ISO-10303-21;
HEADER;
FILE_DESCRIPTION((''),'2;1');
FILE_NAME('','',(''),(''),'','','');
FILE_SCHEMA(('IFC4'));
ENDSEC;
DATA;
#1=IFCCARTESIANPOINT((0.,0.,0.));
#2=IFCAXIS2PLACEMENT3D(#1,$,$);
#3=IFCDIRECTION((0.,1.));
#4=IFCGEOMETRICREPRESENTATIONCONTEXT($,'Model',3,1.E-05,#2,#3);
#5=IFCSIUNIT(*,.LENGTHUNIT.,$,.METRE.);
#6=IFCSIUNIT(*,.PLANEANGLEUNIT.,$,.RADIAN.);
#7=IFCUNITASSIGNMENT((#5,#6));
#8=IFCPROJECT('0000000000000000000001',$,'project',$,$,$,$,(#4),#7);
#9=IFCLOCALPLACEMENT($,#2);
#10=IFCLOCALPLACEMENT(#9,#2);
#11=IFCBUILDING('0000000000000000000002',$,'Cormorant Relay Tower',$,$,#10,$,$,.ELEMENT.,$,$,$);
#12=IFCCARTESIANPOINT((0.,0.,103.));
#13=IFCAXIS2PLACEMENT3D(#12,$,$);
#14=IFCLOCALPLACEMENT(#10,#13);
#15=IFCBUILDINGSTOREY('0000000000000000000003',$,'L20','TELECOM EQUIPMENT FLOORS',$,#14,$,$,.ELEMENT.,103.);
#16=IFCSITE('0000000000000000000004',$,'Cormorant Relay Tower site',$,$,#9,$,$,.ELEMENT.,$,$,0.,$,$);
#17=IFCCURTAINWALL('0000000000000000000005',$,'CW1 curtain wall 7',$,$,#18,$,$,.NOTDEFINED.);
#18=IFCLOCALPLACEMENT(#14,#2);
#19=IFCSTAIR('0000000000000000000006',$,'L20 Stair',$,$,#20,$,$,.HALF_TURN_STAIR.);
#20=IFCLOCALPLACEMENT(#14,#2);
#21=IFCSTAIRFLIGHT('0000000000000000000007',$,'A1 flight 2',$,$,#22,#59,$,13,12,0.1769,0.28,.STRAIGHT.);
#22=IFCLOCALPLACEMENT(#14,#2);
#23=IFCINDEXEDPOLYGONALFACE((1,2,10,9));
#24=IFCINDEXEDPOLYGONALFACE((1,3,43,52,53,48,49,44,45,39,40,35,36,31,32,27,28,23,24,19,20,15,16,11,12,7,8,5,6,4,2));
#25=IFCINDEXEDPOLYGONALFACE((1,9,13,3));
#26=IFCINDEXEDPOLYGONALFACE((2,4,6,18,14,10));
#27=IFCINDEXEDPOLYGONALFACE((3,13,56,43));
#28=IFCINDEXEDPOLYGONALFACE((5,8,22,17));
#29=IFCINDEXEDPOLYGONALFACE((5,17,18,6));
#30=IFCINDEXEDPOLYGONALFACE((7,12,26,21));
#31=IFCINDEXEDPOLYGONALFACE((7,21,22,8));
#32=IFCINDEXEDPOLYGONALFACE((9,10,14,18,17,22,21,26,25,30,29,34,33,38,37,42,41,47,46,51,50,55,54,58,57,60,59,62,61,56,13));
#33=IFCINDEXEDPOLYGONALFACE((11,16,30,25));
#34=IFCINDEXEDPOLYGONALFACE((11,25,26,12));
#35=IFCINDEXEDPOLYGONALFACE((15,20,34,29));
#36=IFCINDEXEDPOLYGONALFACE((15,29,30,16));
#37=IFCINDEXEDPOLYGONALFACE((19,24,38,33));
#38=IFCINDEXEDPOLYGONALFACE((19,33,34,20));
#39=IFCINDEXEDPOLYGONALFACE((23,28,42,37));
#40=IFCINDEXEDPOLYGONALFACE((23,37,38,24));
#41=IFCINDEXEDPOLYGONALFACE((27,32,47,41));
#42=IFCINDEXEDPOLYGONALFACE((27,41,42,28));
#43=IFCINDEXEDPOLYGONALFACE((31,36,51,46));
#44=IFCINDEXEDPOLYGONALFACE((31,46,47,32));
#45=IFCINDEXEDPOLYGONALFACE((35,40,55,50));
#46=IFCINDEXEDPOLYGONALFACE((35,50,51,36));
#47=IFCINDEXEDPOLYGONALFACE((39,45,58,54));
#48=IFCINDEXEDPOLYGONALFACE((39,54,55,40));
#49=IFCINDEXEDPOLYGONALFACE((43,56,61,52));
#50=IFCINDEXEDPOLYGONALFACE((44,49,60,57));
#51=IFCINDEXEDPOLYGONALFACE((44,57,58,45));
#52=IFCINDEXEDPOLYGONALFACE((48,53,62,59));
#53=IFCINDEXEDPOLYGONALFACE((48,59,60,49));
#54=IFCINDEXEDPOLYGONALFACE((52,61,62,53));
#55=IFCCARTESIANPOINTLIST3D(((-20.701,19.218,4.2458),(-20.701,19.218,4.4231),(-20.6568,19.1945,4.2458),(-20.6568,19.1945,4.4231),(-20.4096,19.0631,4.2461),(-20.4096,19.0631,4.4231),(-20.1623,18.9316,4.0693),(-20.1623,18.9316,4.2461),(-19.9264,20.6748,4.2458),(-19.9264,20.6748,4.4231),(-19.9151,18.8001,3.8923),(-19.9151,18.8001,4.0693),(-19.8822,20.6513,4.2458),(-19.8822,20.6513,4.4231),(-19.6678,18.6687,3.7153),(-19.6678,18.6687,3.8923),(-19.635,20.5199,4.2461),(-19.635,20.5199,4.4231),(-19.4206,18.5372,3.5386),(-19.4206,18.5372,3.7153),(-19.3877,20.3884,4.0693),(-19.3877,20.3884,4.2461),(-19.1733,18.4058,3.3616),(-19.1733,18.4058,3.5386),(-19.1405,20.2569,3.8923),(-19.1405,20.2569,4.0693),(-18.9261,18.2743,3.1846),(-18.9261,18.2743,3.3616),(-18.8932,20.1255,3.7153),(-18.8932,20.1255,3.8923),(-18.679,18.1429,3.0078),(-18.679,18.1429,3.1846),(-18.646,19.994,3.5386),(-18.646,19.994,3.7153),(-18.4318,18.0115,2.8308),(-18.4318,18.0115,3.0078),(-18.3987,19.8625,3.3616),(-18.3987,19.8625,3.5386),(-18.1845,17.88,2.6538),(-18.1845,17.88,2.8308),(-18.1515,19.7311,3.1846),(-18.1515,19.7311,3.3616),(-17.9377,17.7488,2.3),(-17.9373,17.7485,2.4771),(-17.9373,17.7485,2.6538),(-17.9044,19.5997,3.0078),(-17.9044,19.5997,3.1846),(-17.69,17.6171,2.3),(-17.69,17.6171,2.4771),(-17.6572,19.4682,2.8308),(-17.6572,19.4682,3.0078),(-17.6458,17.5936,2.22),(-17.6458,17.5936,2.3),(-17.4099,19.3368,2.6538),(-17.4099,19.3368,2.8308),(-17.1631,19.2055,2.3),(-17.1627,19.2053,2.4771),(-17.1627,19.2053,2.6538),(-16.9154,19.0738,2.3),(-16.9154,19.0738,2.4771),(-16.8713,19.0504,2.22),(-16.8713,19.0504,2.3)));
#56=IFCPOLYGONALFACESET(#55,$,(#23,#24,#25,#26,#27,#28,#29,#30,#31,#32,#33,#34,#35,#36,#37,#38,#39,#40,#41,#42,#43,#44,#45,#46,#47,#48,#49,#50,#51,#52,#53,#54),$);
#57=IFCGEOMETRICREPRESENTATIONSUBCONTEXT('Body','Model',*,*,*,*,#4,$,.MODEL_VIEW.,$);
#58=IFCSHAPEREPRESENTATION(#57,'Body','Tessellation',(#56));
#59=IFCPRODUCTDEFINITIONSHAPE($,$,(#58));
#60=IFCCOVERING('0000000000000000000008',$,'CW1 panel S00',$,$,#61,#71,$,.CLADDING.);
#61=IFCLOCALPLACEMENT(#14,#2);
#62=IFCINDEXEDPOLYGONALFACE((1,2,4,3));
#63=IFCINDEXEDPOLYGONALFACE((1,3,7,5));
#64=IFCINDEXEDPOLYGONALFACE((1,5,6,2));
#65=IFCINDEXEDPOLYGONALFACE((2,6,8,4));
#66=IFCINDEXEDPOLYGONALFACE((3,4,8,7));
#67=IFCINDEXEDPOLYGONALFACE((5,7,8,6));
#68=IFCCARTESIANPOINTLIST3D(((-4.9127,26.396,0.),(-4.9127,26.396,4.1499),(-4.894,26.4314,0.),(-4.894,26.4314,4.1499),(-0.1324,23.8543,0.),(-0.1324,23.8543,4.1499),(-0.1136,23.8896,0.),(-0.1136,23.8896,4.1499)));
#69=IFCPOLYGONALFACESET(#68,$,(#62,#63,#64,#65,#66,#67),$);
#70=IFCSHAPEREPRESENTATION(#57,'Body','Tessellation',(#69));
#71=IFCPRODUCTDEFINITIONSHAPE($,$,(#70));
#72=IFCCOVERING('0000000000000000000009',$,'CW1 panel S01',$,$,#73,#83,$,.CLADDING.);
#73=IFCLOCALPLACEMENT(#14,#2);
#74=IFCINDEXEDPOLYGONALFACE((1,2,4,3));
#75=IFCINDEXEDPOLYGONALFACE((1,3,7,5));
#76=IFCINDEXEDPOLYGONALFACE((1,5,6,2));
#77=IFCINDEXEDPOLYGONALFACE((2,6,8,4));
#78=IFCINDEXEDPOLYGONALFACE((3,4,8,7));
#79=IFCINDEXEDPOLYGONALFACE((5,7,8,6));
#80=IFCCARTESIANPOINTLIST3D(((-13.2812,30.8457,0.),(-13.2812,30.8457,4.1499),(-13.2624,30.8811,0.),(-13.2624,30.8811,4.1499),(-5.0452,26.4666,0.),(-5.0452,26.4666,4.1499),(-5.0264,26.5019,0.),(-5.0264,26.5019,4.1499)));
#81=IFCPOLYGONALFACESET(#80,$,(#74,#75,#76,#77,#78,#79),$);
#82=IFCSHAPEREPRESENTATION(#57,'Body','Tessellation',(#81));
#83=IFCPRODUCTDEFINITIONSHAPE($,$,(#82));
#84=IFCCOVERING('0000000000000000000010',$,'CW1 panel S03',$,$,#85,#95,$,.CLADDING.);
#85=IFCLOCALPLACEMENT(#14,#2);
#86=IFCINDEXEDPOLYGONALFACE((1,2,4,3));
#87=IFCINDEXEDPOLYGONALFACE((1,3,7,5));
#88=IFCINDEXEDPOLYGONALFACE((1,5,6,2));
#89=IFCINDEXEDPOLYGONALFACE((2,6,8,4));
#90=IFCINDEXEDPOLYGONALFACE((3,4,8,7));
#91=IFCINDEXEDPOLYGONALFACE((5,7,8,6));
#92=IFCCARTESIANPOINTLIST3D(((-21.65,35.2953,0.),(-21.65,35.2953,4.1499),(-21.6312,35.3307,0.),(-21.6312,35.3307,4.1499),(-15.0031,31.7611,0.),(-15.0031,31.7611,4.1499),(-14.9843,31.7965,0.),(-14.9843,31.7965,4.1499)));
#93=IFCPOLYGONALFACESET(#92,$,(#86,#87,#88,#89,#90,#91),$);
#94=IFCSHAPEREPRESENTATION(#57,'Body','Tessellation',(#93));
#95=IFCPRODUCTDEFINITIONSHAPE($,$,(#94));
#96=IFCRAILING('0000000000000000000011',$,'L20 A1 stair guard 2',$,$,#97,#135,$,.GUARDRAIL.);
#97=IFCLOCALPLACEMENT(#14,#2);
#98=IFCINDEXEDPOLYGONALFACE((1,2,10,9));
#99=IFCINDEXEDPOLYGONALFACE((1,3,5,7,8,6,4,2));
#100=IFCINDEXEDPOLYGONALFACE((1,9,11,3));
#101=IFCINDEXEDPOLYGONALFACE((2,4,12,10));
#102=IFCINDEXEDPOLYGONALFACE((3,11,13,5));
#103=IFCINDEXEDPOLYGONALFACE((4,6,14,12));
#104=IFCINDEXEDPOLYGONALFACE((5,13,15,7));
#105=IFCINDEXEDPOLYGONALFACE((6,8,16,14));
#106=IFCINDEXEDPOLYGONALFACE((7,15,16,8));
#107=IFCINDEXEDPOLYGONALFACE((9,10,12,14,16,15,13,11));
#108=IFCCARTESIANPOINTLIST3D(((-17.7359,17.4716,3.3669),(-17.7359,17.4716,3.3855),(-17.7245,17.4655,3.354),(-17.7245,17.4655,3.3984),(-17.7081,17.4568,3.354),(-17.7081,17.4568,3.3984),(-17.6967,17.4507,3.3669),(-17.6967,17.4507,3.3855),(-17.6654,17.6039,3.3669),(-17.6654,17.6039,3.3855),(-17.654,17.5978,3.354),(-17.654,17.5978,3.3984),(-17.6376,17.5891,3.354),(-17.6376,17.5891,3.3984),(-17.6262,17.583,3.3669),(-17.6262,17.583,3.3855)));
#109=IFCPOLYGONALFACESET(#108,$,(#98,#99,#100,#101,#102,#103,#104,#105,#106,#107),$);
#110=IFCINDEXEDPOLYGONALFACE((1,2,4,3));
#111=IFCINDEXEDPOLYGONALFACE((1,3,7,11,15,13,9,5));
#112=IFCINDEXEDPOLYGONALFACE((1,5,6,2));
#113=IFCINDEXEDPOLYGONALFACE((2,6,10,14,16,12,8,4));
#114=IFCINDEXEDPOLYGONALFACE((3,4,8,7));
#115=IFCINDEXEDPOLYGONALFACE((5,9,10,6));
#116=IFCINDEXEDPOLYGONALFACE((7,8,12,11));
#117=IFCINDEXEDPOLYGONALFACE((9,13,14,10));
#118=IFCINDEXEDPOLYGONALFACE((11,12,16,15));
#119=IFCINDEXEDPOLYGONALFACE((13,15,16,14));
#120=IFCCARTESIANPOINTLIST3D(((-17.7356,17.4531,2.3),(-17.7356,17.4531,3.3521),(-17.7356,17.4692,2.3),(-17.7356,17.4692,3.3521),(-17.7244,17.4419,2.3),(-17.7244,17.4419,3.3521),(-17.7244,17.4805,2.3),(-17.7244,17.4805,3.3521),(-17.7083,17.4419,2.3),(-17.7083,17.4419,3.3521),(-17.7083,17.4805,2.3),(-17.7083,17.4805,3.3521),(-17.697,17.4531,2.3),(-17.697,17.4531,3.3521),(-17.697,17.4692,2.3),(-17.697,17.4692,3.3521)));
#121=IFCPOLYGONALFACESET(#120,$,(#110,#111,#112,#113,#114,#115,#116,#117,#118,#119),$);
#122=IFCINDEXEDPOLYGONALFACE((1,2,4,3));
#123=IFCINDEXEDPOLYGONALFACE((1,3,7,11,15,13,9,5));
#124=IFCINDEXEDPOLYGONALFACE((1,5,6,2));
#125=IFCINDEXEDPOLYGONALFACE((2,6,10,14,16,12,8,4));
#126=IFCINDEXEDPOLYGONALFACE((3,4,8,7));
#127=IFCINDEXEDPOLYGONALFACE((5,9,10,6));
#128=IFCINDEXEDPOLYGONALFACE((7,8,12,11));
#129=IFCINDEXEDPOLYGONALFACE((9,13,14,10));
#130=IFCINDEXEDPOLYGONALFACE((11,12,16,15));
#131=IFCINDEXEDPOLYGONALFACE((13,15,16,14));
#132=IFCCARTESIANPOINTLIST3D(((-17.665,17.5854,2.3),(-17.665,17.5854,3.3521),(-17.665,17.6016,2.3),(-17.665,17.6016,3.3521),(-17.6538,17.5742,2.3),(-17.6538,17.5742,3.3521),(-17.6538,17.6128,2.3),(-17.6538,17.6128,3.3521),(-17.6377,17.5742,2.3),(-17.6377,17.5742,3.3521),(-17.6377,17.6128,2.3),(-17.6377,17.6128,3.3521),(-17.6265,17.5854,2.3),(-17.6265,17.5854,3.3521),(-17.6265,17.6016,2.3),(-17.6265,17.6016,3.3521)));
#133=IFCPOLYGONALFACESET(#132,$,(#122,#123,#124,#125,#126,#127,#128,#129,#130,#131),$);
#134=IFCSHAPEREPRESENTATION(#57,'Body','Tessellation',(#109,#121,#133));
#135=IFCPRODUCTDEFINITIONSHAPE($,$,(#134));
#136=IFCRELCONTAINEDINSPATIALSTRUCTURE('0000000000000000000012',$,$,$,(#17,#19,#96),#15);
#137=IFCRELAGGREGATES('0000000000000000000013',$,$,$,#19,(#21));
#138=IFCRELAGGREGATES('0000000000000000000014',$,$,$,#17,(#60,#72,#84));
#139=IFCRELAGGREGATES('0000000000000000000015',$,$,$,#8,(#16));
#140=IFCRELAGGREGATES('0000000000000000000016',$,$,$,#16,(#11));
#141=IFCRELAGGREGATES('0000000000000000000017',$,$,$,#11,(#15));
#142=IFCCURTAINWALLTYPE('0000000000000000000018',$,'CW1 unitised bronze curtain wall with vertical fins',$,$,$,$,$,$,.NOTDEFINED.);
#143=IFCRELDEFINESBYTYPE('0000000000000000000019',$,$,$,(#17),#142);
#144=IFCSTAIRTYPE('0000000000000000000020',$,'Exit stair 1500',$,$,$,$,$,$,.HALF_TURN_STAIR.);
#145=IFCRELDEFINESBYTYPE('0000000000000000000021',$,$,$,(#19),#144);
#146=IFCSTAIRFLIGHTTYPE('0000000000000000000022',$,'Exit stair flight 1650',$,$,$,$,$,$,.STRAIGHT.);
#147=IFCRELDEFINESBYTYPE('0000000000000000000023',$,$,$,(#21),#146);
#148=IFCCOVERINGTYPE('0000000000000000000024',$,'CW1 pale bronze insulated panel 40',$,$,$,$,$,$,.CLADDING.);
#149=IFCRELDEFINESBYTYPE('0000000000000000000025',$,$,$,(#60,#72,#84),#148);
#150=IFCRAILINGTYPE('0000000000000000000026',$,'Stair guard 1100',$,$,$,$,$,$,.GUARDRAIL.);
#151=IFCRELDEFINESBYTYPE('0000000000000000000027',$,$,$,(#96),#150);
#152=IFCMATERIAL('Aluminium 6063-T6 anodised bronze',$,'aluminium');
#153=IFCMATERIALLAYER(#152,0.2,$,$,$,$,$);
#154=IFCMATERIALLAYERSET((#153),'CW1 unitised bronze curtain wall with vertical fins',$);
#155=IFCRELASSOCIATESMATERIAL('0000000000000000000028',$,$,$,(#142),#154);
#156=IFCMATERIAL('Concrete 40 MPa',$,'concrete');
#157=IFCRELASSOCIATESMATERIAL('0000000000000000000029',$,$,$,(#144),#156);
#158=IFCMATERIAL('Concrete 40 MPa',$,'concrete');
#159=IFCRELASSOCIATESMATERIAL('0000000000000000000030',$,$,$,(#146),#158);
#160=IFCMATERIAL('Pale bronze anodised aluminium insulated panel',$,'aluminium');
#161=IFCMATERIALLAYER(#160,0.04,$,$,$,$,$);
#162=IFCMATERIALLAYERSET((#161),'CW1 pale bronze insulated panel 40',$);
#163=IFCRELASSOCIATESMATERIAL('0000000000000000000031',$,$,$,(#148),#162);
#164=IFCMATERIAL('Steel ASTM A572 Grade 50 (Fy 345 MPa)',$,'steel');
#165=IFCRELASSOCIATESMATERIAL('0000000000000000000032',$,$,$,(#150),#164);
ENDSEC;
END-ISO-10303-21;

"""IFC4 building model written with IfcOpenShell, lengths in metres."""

from ifc_helpers import new_model, si_unit, direction, frame, origin, origin_2d, place, context, subcontext, project, spatial, polyline, rectangle, outline, extrude, material, layer, layer_set, type_object, element, aggregate, save


model = new_model("IFC4")

# Units and contexts
model_context = context("Model", 3, precision=1e-05, world=origin(), true_north=direction((0.0, 1.0)))
body_context = subcontext(model_context, "Body", "Model", "MODEL_VIEW")
ifc_project = project(units=[si_unit("LENGTHUNIT", "METRE"), si_unit("PLANEANGLEUNIT", "RADIAN")], contexts=[model_context])

# Site, building, storey
site_placement = place(None, origin())
site = spatial("IfcSite", under=ifc_project, at=site_placement, Name="Cormorant Relay Tower site", CompositionType="ELEMENT", RefElevation=0.0)
building_placement = place(site_placement, origin())
building = spatial("IfcBuilding", under=site, at=building_placement, Name="Cormorant Relay Tower", CompositionType="ELEMENT")
storey_placement = place(building_placement, frame((0.0, 0.0, 103.0)))
storey = spatial("IfcBuildingStorey", under=building, at=storey_placement, Name="L20", Description="TELECOM EQUIPMENT FLOORS", CompositionType="ELEMENT", Elevation=103.0)

# Curtain wall
ifc_material_1 = material(Name="Aluminium 6063-T6 anodised bronze", Category="aluminium")
ifc_layer_1 = layer(ifc_material_1, 0.2)
ifc_layer_set_1 = layer_set([ifc_layer_1], Name="CW1 unitised bronze curtain wall with vertical fins")
curtain_wall_type = type_object("IfcCurtainWallType", Name="CW1 unitised bronze curtain wall with vertical fins", PredefinedType="NOTDEFINED", material=ifc_layer_set_1)
curtain_wall_placement = place(storey_placement, origin())
curtain_wall = element("IfcCurtainWall", 1, at=curtain_wall_placement, inside=storey, type_object=curtain_wall_type, Name="CW1 curtain wall 7", PredefinedType="NOTDEFINED")

# Stair, stair flight
ifc_material_2 = material(Name="Concrete 40 MPa", Category="concrete")
stair_type = type_object("IfcStairType", Name="Exit stair 1500", PredefinedType="HALF_TURN_STAIR", material=ifc_material_2)
stair_placement = place(storey_placement, origin())
stair = element("IfcStair", 2, at=stair_placement, inside=storey, type_object=stair_type, Name="L20 Stair", PredefinedType="HALF_TURN_STAIR")
ifc_material_3 = material(Name="Concrete 40 MPa", Category="concrete")
stair_flight_type = type_object("IfcStairFlightType", Name="Exit stair flight 1650", PredefinedType="STRAIGHT", material=ifc_material_3)
stair_flight_placement = place(storey_placement, frame((-17.3027, 18.3455, 2.3), z_axis=(0.0, 0.0, 1.0), x_axis=(-0.882948, 0.469472, 0.0)))
stair_flight = element("IfcStairFlight", 3, at=stair_flight_placement, type_object=stair_flight_type, Name="A1 flight 2", NumberOfRisers=13, NumberOfTreads=12, PredefinedType="STRAIGHT", RiserHeight=0.1769, TreadLength=0.28, context=body_context, shape_type="SweptSolid", body=[
    extrude(outline(polyline([(-0.05, -0.0801), (-0.05, 0.0), (0.0, 0.0), (0.0, 0.177), (0.28, 0.177), (0.28, 0.3538), (0.5601, 0.3538), (0.5601, 0.5308), (0.8401, 0.5308), (0.8401, 0.7078), (1.1201, 0.7078), (1.1201, 0.8845), (1.3999, 0.8845), (1.3999, 1.0615), (1.6799, 1.0615), (1.6799, 1.2385), (1.96, 1.2385), (1.96, 1.4153), (2.24, 1.4153), (2.24, 1.5923), (2.52, 1.5923), (2.52, 1.7693), (2.8, 1.7693), (2.8, 1.946), (3.0801, 1.946), (3.0801, 2.123), (3.3601, 2.123), (3.4102, 2.123), (3.4102, 1.9458), (3.3601, 1.9458), (0.2805, 0.0), (-0.05, -0.0801)])), frame((0.0, 0.825, 0.0), z_axis=(0.0, -1.0, 0.0), x_axis=(1.0, 0.0, 0.0)), (0.0, 0.0, 1.0), 1.6499),
])
aggregate(stair, [stair_flight])

# Coverings
ifc_material_4 = material(Name="Pale bronze anodised aluminium insulated panel", Category="aluminium")
ifc_layer_2 = layer(ifc_material_4, 0.04)
ifc_layer_set_2 = layer_set([ifc_layer_2], Name="CW1 pale bronze insulated panel 40")
covering_type = type_object("IfcCoveringType", Name="CW1 pale bronze insulated panel 40", PredefinedType="CLADDING", material=ifc_layer_set_2)
covering_1_placement = place(storey_placement, frame((-2.5132, 25.1428, 0.0), z_axis=(0.0, 0.0, 1.0), x_axis=(-0.882948, 0.469472, 0.0)))
covering_1 = element("IfcCovering", 4, at=covering_1_placement, type_object=covering_type, Name="CW1 panel S00", PredefinedType="CLADDING", context=body_context, shape_type="SweptSolid", body=[
    extrude(rectangle(XDim=5.4141, YDim=0.04, at=origin_2d()), origin(), (0.0, 0.0, 1.0), 4.1499),
])
covering_2_placement = place(storey_placement, frame((-9.1538, 28.6738, 0.0), z_axis=(0.0, 0.0, 1.0), x_axis=(-0.882948, 0.469472, 0.0)))
covering_2 = element("IfcCovering", 5, at=covering_2_placement, type_object=covering_type, Name="CW1 panel S01", PredefinedType="CLADDING", context=body_context, shape_type="SweptSolid", body=[
    extrude(rectangle(XDim=9.3279, YDim=0.04, at=origin_2d()), origin(), (0.0, 0.0, 1.0), 4.1499),
])
covering_3_placement = place(storey_placement, frame((-18.3171, 33.5459, 0.0), z_axis=(0.0, 0.0, 1.0), x_axis=(-0.882948, 0.469472, 0.0)))
covering_3 = element("IfcCovering", 6, at=covering_3_placement, type_object=covering_type, Name="CW1 panel S03", PredefinedType="CLADDING", context=body_context, shape_type="SweptSolid", body=[
    extrude(rectangle(XDim=7.5281, YDim=0.04, at=origin_2d()), origin(), (0.0, 0.0, 1.0), 4.1499),
])
aggregate(curtain_wall, [covering_1, covering_2, covering_3])

# Railing
ifc_material_5 = material(Name="Steel ASTM A572 Grade 50 (Fy 345 MPa)", Category="steel")
railing_type_1 = type_object("IfcRailingType", Name="Stair guard 1100", PredefinedType="GUARDRAIL", material=ifc_material_5)
railing_1_placement = place(storey_placement, frame((-17.7163, 17.4612, 2.3)))
element("IfcRailing", 7, at=railing_1_placement, inside=storey, type_object=railing_type_1, Name="L20 A1 stair guard 2", PredefinedType="GUARDRAIL", context=body_context, shape_type="SweptSolid", body=[
    extrude(outline(polyline([(0.0222, 0.0093), (0.0093, 0.0222), (-0.0093, 0.0222), (-0.0222, 0.0093), (-0.0222, -0.0093), (-0.0093, -0.0222), (0.0093, -0.0222), (0.0222, -0.0093), (0.0222, 0.0093)])), frame((0.0, 0.0, 1.0762), z_axis=(0.470504, 0.882398, 0.0), x_axis=(-0.882398, 0.470504, 0.0)), (0.0, 0.0, 1.0), 0.1499),
    extrude(outline(polyline([(0.0193, 0.0081), (0.0081, 0.0193), (-0.0081, 0.0193), (-0.0193, 0.0081), (-0.0193, -0.0081), (-0.0081, -0.0193), (0.0081, -0.0193), (0.0193, -0.0081), (0.0193, 0.0081)])), origin(), (0.0, 0.0, 1.0), 1.052),
    extrude(outline(polyline([(0.0193, 0.0081), (0.0081, 0.0193), (-0.0081, 0.0193), (-0.0193, 0.0081), (-0.0193, -0.0081), (-0.0081, -0.0193), (0.0081, -0.0193), (0.0193, -0.0081), (0.0193, 0.0081)])), frame((0.0706, 0.1323, 0.0)), (0.0, 0.0, 1.0), 1.052),
])

save(model, "model.ifc")
